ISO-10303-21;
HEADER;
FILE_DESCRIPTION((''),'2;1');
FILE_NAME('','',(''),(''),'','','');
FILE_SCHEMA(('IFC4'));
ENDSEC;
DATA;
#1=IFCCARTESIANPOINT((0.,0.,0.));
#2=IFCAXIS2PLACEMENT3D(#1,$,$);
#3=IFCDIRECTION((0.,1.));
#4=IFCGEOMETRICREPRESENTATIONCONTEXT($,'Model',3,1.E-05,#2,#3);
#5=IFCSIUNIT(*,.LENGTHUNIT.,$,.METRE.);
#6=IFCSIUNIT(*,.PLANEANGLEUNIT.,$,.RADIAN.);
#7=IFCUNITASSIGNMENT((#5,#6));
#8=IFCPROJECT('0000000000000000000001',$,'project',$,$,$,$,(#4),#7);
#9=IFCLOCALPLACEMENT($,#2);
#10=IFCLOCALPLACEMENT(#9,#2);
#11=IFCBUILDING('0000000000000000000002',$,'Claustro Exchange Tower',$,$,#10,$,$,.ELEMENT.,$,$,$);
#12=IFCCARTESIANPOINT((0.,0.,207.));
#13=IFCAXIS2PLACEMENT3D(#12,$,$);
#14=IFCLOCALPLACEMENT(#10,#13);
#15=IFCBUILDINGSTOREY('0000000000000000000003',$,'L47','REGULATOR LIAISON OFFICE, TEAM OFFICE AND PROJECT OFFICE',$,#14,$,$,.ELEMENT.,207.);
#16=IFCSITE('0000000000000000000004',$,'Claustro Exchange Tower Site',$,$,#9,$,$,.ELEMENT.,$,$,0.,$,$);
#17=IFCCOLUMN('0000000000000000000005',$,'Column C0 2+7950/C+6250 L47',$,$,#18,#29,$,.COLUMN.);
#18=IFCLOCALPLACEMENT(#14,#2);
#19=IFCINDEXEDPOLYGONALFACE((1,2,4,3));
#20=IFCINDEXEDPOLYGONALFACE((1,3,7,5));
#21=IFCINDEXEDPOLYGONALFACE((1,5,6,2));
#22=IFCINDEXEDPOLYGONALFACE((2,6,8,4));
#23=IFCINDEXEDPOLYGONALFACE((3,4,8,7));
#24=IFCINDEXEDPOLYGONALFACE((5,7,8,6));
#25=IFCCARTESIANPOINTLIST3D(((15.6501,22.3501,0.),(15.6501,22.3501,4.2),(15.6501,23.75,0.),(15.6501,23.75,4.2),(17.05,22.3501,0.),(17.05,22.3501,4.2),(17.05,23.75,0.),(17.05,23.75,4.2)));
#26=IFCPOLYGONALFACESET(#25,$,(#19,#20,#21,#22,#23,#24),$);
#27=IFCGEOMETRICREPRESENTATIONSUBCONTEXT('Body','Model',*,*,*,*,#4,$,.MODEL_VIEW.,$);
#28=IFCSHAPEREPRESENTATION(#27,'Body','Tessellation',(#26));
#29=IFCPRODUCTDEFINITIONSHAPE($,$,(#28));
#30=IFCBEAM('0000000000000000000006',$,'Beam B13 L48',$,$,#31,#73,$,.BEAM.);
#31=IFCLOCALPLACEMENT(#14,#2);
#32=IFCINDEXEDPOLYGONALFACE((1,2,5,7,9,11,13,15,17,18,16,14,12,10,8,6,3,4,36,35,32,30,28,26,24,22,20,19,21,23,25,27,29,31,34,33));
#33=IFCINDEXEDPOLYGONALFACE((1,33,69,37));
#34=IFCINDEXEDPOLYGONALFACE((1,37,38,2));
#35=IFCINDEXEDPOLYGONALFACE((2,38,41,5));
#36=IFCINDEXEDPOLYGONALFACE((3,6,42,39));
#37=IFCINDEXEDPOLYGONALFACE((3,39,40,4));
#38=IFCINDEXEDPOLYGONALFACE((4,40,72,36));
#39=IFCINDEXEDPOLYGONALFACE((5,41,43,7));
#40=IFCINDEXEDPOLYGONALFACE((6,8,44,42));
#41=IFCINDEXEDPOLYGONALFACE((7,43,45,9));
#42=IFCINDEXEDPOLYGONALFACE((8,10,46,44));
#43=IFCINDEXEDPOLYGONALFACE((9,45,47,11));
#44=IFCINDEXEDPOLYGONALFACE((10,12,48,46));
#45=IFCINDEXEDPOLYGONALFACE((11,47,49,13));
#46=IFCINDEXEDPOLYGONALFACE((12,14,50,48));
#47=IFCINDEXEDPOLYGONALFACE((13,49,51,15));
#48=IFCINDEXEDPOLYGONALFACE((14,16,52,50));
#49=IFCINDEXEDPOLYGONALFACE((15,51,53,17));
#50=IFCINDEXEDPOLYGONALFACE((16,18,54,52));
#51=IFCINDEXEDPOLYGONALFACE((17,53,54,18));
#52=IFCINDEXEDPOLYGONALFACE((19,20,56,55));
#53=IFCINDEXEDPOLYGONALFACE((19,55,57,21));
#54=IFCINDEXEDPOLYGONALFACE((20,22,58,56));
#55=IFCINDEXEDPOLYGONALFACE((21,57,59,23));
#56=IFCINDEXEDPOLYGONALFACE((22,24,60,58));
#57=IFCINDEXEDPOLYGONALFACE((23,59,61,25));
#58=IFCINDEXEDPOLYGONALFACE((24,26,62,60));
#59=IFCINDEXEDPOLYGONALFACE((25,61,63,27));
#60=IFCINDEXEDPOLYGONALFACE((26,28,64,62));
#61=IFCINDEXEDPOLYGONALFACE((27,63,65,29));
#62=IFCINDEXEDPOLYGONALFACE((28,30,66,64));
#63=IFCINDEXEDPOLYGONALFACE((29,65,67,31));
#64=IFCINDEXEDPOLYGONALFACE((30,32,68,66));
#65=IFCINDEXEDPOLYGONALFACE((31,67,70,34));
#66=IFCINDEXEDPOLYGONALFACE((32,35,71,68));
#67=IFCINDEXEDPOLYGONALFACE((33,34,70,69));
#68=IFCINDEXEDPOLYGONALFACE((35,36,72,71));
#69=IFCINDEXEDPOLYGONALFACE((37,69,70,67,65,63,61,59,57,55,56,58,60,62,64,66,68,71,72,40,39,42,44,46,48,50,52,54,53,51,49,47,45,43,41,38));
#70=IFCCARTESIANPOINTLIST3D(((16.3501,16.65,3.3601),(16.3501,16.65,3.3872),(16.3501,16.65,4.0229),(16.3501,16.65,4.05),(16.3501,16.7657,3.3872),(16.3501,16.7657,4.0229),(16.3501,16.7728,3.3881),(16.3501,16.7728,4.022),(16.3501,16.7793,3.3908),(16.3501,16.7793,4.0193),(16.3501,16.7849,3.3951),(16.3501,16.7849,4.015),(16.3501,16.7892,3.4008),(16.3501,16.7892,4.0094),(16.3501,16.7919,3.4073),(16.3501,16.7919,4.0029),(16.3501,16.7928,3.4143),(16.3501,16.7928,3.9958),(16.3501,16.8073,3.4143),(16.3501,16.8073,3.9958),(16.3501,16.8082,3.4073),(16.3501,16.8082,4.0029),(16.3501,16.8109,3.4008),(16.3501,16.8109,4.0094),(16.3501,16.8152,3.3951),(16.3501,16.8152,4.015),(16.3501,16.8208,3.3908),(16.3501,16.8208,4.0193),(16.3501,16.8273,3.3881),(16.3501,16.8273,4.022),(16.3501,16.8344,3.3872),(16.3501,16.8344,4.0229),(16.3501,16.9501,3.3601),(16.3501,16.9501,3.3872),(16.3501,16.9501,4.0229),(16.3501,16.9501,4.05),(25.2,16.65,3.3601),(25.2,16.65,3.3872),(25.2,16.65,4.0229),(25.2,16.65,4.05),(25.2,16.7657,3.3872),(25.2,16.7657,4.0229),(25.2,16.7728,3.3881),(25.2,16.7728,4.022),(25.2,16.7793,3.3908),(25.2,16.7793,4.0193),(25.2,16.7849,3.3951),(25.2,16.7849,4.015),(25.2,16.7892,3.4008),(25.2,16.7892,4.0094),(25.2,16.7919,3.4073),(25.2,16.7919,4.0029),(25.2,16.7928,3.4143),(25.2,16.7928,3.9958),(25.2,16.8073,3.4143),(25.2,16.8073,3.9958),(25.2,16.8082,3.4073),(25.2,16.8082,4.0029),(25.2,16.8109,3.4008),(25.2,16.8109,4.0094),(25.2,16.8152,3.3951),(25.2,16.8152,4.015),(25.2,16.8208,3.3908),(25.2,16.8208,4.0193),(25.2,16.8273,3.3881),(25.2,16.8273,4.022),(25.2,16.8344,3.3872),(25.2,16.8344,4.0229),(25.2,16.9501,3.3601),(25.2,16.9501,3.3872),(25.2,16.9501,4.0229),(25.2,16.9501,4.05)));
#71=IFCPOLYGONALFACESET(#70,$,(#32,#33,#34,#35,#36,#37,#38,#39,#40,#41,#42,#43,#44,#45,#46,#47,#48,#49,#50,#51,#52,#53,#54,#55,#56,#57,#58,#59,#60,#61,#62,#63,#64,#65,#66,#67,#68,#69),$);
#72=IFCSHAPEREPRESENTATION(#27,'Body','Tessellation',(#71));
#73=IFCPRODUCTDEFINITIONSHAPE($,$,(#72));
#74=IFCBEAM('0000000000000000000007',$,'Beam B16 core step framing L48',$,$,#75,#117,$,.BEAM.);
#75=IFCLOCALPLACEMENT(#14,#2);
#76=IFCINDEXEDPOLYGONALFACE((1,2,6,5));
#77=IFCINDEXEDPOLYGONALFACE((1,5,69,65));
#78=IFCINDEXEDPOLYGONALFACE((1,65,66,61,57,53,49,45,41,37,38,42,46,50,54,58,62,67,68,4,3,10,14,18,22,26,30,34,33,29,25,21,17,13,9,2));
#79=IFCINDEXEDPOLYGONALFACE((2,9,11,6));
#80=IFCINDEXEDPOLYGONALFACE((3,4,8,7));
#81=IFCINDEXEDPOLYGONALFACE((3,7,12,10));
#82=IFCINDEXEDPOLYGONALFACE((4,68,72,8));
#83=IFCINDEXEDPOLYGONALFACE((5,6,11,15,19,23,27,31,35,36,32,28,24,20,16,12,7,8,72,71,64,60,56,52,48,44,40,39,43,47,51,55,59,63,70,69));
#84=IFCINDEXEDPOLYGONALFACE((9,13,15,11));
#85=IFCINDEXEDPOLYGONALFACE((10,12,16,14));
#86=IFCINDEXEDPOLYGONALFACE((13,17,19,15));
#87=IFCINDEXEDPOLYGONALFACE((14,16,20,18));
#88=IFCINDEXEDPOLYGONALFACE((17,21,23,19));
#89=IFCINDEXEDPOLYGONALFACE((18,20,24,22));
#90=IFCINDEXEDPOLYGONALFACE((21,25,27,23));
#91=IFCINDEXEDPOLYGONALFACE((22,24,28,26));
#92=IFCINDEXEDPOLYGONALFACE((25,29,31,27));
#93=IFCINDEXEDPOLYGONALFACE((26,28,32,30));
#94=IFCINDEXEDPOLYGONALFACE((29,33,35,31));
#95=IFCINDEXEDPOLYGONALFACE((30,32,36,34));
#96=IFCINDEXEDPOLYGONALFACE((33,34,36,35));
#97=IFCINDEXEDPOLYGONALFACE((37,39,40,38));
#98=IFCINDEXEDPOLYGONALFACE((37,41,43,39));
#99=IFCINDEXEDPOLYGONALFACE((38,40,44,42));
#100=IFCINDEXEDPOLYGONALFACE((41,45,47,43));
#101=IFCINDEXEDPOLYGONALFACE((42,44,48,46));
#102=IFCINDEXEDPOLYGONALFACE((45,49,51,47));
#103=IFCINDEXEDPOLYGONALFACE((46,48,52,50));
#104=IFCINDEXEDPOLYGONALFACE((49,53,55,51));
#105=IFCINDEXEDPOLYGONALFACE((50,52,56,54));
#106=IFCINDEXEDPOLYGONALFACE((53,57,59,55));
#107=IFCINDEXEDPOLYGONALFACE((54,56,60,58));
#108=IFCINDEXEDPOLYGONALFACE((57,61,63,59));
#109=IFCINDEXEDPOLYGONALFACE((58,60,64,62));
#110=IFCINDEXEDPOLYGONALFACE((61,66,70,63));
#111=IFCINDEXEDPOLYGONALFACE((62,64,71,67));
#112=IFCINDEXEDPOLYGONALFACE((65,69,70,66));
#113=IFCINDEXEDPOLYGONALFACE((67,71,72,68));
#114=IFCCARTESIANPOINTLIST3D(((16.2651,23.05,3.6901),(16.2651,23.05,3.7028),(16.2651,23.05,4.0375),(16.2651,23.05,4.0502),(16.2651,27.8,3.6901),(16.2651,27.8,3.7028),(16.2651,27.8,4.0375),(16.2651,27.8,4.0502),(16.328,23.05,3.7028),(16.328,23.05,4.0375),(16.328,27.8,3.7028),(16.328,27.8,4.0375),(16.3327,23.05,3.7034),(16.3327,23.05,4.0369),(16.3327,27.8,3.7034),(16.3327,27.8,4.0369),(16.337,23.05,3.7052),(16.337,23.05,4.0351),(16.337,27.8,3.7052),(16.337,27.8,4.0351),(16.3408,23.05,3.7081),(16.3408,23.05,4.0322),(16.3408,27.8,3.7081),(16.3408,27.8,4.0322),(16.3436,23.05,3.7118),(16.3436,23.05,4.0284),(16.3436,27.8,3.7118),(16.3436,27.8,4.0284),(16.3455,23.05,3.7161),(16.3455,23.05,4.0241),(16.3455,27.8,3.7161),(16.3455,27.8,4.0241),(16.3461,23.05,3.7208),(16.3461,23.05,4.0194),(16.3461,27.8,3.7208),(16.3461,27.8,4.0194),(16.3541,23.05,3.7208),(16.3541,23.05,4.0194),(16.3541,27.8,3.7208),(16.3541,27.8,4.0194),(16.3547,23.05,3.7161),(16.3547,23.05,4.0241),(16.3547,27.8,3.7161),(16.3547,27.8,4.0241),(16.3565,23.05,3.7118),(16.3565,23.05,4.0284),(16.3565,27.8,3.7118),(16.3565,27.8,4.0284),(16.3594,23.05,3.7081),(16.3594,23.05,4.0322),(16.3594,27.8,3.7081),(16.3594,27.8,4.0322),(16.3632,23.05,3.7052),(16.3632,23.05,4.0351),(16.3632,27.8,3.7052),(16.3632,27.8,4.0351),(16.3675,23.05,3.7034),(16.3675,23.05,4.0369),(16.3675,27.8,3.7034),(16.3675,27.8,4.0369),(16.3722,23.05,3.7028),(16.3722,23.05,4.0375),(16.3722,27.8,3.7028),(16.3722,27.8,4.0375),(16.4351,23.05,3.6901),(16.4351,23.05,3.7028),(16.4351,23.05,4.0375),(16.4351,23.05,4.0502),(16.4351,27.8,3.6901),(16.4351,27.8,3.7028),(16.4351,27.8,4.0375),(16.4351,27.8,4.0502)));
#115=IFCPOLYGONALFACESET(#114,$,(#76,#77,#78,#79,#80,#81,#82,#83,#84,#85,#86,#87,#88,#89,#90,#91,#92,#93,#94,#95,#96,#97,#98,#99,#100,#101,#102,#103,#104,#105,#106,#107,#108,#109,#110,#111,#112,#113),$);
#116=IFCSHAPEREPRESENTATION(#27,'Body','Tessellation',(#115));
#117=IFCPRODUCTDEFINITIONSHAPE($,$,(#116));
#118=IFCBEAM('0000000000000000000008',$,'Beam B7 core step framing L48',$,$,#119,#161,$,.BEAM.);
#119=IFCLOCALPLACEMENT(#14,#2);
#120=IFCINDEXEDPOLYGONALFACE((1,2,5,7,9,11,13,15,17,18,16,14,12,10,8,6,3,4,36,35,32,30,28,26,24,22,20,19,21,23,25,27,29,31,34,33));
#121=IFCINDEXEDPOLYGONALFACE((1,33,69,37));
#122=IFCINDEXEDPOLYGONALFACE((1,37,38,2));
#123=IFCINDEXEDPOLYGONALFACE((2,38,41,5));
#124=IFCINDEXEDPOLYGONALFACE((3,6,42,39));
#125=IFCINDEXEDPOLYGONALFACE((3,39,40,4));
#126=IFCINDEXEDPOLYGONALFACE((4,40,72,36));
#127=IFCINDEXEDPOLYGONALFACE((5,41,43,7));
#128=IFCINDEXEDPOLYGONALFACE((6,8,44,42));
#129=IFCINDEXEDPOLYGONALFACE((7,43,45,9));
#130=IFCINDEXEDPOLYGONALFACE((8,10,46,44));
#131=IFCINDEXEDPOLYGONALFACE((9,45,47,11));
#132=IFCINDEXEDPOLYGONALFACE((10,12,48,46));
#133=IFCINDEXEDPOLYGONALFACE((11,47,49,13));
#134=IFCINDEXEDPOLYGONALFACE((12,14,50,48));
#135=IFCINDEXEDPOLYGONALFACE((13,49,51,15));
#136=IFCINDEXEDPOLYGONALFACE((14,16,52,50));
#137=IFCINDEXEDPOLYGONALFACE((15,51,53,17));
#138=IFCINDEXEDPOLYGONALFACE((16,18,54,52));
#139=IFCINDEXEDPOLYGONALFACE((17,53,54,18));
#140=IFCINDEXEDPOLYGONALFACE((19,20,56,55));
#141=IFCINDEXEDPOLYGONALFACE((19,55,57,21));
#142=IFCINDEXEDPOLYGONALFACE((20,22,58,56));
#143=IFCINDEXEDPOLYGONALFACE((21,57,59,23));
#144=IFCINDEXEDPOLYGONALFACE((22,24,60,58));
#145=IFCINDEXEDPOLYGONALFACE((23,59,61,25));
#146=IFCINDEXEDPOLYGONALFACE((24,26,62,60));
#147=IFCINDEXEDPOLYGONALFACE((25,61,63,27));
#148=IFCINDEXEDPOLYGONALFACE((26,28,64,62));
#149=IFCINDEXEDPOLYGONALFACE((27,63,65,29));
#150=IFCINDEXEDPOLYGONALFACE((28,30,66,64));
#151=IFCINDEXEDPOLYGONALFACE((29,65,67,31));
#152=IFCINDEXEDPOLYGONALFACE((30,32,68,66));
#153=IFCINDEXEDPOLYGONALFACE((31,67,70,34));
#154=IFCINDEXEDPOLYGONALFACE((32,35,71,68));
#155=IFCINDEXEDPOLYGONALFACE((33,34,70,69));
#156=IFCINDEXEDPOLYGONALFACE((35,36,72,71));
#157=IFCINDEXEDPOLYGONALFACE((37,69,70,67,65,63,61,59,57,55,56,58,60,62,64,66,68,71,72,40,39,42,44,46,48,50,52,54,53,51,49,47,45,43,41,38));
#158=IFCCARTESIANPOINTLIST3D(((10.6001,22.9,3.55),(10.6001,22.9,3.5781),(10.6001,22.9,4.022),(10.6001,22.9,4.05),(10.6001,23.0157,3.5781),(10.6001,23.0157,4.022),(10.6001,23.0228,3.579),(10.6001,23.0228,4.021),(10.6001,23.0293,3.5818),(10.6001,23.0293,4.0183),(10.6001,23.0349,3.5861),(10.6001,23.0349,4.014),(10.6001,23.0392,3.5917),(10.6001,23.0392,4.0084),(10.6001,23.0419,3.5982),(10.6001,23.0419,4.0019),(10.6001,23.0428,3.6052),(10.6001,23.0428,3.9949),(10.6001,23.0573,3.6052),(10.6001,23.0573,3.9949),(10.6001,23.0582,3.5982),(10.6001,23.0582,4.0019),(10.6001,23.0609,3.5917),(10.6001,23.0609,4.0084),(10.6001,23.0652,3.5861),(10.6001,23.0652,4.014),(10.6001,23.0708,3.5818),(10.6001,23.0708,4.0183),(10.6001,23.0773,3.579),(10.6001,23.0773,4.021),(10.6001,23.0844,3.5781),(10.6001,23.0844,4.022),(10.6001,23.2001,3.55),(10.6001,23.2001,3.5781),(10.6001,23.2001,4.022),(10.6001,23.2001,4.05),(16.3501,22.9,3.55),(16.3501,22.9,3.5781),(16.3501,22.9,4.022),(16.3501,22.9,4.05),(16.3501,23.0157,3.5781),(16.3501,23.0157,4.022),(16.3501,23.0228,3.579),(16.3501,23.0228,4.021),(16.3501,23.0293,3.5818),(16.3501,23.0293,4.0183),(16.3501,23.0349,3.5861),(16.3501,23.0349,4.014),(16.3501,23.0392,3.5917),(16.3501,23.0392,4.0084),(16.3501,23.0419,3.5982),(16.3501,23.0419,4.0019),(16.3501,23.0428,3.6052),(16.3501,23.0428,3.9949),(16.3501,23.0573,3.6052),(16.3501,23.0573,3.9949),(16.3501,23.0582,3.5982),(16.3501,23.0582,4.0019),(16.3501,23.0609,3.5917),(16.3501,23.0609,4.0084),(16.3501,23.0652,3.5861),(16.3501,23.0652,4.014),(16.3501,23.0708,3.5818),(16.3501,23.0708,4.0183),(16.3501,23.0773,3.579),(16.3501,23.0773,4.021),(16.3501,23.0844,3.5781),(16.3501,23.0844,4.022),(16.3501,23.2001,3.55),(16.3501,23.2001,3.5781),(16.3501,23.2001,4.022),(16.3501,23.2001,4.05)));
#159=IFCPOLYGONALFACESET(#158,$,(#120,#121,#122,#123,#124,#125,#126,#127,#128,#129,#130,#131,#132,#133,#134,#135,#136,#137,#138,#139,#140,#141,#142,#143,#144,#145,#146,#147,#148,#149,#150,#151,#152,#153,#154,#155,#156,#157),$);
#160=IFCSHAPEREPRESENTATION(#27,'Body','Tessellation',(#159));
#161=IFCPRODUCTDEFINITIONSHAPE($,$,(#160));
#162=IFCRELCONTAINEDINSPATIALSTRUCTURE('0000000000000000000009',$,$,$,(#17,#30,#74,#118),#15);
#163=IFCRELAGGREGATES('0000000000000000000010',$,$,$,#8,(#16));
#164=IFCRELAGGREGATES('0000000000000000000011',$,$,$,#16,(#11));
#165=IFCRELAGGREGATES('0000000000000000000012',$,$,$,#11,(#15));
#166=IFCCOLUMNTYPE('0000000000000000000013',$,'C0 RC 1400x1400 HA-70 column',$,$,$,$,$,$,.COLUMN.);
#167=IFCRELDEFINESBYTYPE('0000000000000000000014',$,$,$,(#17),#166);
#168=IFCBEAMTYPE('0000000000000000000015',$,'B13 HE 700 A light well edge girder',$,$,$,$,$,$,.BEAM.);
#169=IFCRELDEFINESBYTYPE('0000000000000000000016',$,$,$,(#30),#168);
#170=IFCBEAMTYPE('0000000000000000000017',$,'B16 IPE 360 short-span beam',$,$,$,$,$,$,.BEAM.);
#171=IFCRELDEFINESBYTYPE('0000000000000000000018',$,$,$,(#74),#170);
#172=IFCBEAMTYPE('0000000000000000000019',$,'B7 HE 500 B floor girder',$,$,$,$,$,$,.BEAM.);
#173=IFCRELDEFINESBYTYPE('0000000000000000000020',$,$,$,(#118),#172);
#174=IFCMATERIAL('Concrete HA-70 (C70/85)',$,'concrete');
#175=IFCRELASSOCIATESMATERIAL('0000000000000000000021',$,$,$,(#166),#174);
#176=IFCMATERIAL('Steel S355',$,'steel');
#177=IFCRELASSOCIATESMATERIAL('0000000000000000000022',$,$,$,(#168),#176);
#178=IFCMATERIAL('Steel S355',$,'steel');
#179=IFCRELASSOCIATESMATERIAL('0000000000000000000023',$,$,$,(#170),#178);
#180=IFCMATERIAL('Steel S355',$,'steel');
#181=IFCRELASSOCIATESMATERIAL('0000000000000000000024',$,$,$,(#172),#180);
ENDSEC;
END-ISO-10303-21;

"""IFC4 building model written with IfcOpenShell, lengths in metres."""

from ifc_helpers import new_model, si_unit, direction, frame, origin, origin_2d, place, context, subcontext, project, spatial, rectangle, i_section, extrude, material, material_profile, profile_set, type_object, element, save


model = new_model("IFC4")

# Units and contexts
model_context = context("Model", 3, precision=1e-05, world=origin(), true_north=direction((0.0, 1.0)))
body_context = subcontext(model_context, "Body", "Model", "MODEL_VIEW")
ifc_project = project(units=[si_unit("LENGTHUNIT", "METRE"), si_unit("PLANEANGLEUNIT", "RADIAN")], contexts=[model_context])

# Site, building, storey
site_placement = place(None, origin())
site = spatial("IfcSite", under=ifc_project, at=site_placement, Name="Claustro Exchange Tower Site", CompositionType="ELEMENT", RefElevation=0.0)
building_placement = place(site_placement, origin())
building = spatial("IfcBuilding", under=site, at=building_placement, Name="Claustro Exchange Tower", CompositionType="ELEMENT")
storey_placement = place(building_placement, frame((0.0, 0.0, 207.0)))
storey = spatial("IfcBuildingStorey", under=building, at=storey_placement, Name="L47", Description="REGULATOR LIAISON OFFICE, TEAM OFFICE AND PROJECT OFFICE", CompositionType="ELEMENT", Elevation=207.0)

# Column
ifc_material_1 = material(Name="Concrete HA-70 (C70/85)", Category="concrete")
ifc_material_profile_1 = material_profile(ifc_material_1, rectangle(XDim=1.3999, YDim=1.3999, at=origin_2d()), Name="RC 1400x1400")
ifc_profile_set_1 = profile_set([ifc_material_profile_1], Name="Concrete HA-70 (C70/85)")
column_type = type_object("IfcColumnType", Name="C0 RC 1400x1400 HA-70 column", PredefinedType="COLUMN", material=ifc_profile_set_1)
column_placement = place(storey_placement, frame((16.3501, 23.05, 0.0), z_axis=(0.0, 0.0, 1.0), x_axis=(1.0, 0.0, 0.0)))
element("IfcColumn", 1, at=column_placement, inside=storey, type_object=column_type, Name="Column C0 2+7950/C+6250 L47", PredefinedType="COLUMN", context=body_context, shape_type="SweptSolid", body=[
    extrude(rectangle(XDim=1.3999, YDim=1.3999, at=origin_2d()), origin(), (0.0, 0.0, 1.0), 4.2),
])

# Beams
ifc_material_2 = material(Name="Steel S355", Category="steel")
ifc_material_profile_2 = material_profile(ifc_material_2, i_section(OverallWidth=0.3, OverallDepth=0.6899, WebThickness=0.0144, FlangeThickness=0.0271, FilletRadius=0.0271, at=origin_2d()), Name="HE 700 A")
ifc_profile_set_2 = profile_set([ifc_material_profile_2], Name="Steel S355")
beam_type_1 = type_object("IfcBeamType", Name="B13 HE 700 A light well edge girder", PredefinedType="BEAM", material=ifc_profile_set_2)
beam_1_placement = place(storey_placement, frame((16.3501, 16.8, 3.7051), z_axis=(1.0, 0.0, 0.0), x_axis=(0.0, 1.0, 0.0)))
element("IfcBeam", 2, at=beam_1_placement, inside=storey, type_object=beam_type_1, Name="Beam B13 L48", PredefinedType="BEAM", context=body_context, shape_type="SweptSolid", body=[
    extrude(i_section(OverallWidth=0.3, OverallDepth=0.6899, WebThickness=0.0144, FlangeThickness=0.0271, FilletRadius=0.0271, at=origin_2d()), origin(), (0.0, 0.0, 1.0), 8.8499),
])
ifc_material_3 = material(Name="Steel S355", Category="steel")
ifc_material_profile_3 = material_profile(ifc_material_3, i_section(OverallWidth=0.1699, OverallDepth=0.3601, WebThickness=0.0081, FlangeThickness=0.0127, FilletRadius=0.0181, at=origin_2d()), Name="IPE 360")
ifc_profile_set_3 = profile_set([ifc_material_profile_3], Name="Steel S355")
beam_type_2 = type_object("IfcBeamType", Name="B16 IPE 360 short-span beam", PredefinedType="BEAM", material=ifc_profile_set_3)
beam_2_placement = place(storey_placement, frame((16.3501, 23.05, 3.8701), z_axis=(0.0, 1.0, 0.0), x_axis=(-1.0, 0.0, 0.0)))
element("IfcBeam", 3, at=beam_2_placement, inside=storey, type_object=beam_type_2, Name="Beam B16 core step framing L48", PredefinedType="BEAM", context=body_context, shape_type="SweptSolid", body=[
    extrude(i_section(OverallWidth=0.1699, OverallDepth=0.3601, WebThickness=0.0081, FlangeThickness=0.0127, FilletRadius=0.0181, at=origin_2d()), origin(), (0.0, 0.0, 1.0), 4.75),
])
ifc_material_4 = material(Name="Steel S355", Category="steel")
ifc_material_profile_4 = material_profile(ifc_material_4, i_section(OverallWidth=0.3, OverallDepth=0.5, WebThickness=0.0144, FlangeThickness=0.0281, FilletRadius=0.0271, at=origin_2d()), Name="HE 500 B")
ifc_profile_set_4 = profile_set([ifc_material_profile_4], Name="Steel S355")
beam_type_3 = type_object("IfcBeamType", Name="B7 HE 500 B floor girder", PredefinedType="BEAM", material=ifc_profile_set_4)
beam_3_placement = place(storey_placement, frame((10.6001, 23.05, 3.8), z_axis=(1.0, 0.0, 0.0), x_axis=(0.0, 1.0, 0.0)))
element("IfcBeam", 4, at=beam_3_placement, inside=storey, type_object=beam_type_3, Name="Beam B7 core step framing L48", PredefinedType="BEAM", context=body_context, shape_type="SweptSolid", body=[
    extrude(i_section(OverallWidth=0.3, OverallDepth=0.5, WebThickness=0.0144, FlangeThickness=0.0281, FilletRadius=0.0271, at=origin_2d()), origin(), (0.0, 0.0, 1.0), 5.75),
])

save(model, "model.ifc")
